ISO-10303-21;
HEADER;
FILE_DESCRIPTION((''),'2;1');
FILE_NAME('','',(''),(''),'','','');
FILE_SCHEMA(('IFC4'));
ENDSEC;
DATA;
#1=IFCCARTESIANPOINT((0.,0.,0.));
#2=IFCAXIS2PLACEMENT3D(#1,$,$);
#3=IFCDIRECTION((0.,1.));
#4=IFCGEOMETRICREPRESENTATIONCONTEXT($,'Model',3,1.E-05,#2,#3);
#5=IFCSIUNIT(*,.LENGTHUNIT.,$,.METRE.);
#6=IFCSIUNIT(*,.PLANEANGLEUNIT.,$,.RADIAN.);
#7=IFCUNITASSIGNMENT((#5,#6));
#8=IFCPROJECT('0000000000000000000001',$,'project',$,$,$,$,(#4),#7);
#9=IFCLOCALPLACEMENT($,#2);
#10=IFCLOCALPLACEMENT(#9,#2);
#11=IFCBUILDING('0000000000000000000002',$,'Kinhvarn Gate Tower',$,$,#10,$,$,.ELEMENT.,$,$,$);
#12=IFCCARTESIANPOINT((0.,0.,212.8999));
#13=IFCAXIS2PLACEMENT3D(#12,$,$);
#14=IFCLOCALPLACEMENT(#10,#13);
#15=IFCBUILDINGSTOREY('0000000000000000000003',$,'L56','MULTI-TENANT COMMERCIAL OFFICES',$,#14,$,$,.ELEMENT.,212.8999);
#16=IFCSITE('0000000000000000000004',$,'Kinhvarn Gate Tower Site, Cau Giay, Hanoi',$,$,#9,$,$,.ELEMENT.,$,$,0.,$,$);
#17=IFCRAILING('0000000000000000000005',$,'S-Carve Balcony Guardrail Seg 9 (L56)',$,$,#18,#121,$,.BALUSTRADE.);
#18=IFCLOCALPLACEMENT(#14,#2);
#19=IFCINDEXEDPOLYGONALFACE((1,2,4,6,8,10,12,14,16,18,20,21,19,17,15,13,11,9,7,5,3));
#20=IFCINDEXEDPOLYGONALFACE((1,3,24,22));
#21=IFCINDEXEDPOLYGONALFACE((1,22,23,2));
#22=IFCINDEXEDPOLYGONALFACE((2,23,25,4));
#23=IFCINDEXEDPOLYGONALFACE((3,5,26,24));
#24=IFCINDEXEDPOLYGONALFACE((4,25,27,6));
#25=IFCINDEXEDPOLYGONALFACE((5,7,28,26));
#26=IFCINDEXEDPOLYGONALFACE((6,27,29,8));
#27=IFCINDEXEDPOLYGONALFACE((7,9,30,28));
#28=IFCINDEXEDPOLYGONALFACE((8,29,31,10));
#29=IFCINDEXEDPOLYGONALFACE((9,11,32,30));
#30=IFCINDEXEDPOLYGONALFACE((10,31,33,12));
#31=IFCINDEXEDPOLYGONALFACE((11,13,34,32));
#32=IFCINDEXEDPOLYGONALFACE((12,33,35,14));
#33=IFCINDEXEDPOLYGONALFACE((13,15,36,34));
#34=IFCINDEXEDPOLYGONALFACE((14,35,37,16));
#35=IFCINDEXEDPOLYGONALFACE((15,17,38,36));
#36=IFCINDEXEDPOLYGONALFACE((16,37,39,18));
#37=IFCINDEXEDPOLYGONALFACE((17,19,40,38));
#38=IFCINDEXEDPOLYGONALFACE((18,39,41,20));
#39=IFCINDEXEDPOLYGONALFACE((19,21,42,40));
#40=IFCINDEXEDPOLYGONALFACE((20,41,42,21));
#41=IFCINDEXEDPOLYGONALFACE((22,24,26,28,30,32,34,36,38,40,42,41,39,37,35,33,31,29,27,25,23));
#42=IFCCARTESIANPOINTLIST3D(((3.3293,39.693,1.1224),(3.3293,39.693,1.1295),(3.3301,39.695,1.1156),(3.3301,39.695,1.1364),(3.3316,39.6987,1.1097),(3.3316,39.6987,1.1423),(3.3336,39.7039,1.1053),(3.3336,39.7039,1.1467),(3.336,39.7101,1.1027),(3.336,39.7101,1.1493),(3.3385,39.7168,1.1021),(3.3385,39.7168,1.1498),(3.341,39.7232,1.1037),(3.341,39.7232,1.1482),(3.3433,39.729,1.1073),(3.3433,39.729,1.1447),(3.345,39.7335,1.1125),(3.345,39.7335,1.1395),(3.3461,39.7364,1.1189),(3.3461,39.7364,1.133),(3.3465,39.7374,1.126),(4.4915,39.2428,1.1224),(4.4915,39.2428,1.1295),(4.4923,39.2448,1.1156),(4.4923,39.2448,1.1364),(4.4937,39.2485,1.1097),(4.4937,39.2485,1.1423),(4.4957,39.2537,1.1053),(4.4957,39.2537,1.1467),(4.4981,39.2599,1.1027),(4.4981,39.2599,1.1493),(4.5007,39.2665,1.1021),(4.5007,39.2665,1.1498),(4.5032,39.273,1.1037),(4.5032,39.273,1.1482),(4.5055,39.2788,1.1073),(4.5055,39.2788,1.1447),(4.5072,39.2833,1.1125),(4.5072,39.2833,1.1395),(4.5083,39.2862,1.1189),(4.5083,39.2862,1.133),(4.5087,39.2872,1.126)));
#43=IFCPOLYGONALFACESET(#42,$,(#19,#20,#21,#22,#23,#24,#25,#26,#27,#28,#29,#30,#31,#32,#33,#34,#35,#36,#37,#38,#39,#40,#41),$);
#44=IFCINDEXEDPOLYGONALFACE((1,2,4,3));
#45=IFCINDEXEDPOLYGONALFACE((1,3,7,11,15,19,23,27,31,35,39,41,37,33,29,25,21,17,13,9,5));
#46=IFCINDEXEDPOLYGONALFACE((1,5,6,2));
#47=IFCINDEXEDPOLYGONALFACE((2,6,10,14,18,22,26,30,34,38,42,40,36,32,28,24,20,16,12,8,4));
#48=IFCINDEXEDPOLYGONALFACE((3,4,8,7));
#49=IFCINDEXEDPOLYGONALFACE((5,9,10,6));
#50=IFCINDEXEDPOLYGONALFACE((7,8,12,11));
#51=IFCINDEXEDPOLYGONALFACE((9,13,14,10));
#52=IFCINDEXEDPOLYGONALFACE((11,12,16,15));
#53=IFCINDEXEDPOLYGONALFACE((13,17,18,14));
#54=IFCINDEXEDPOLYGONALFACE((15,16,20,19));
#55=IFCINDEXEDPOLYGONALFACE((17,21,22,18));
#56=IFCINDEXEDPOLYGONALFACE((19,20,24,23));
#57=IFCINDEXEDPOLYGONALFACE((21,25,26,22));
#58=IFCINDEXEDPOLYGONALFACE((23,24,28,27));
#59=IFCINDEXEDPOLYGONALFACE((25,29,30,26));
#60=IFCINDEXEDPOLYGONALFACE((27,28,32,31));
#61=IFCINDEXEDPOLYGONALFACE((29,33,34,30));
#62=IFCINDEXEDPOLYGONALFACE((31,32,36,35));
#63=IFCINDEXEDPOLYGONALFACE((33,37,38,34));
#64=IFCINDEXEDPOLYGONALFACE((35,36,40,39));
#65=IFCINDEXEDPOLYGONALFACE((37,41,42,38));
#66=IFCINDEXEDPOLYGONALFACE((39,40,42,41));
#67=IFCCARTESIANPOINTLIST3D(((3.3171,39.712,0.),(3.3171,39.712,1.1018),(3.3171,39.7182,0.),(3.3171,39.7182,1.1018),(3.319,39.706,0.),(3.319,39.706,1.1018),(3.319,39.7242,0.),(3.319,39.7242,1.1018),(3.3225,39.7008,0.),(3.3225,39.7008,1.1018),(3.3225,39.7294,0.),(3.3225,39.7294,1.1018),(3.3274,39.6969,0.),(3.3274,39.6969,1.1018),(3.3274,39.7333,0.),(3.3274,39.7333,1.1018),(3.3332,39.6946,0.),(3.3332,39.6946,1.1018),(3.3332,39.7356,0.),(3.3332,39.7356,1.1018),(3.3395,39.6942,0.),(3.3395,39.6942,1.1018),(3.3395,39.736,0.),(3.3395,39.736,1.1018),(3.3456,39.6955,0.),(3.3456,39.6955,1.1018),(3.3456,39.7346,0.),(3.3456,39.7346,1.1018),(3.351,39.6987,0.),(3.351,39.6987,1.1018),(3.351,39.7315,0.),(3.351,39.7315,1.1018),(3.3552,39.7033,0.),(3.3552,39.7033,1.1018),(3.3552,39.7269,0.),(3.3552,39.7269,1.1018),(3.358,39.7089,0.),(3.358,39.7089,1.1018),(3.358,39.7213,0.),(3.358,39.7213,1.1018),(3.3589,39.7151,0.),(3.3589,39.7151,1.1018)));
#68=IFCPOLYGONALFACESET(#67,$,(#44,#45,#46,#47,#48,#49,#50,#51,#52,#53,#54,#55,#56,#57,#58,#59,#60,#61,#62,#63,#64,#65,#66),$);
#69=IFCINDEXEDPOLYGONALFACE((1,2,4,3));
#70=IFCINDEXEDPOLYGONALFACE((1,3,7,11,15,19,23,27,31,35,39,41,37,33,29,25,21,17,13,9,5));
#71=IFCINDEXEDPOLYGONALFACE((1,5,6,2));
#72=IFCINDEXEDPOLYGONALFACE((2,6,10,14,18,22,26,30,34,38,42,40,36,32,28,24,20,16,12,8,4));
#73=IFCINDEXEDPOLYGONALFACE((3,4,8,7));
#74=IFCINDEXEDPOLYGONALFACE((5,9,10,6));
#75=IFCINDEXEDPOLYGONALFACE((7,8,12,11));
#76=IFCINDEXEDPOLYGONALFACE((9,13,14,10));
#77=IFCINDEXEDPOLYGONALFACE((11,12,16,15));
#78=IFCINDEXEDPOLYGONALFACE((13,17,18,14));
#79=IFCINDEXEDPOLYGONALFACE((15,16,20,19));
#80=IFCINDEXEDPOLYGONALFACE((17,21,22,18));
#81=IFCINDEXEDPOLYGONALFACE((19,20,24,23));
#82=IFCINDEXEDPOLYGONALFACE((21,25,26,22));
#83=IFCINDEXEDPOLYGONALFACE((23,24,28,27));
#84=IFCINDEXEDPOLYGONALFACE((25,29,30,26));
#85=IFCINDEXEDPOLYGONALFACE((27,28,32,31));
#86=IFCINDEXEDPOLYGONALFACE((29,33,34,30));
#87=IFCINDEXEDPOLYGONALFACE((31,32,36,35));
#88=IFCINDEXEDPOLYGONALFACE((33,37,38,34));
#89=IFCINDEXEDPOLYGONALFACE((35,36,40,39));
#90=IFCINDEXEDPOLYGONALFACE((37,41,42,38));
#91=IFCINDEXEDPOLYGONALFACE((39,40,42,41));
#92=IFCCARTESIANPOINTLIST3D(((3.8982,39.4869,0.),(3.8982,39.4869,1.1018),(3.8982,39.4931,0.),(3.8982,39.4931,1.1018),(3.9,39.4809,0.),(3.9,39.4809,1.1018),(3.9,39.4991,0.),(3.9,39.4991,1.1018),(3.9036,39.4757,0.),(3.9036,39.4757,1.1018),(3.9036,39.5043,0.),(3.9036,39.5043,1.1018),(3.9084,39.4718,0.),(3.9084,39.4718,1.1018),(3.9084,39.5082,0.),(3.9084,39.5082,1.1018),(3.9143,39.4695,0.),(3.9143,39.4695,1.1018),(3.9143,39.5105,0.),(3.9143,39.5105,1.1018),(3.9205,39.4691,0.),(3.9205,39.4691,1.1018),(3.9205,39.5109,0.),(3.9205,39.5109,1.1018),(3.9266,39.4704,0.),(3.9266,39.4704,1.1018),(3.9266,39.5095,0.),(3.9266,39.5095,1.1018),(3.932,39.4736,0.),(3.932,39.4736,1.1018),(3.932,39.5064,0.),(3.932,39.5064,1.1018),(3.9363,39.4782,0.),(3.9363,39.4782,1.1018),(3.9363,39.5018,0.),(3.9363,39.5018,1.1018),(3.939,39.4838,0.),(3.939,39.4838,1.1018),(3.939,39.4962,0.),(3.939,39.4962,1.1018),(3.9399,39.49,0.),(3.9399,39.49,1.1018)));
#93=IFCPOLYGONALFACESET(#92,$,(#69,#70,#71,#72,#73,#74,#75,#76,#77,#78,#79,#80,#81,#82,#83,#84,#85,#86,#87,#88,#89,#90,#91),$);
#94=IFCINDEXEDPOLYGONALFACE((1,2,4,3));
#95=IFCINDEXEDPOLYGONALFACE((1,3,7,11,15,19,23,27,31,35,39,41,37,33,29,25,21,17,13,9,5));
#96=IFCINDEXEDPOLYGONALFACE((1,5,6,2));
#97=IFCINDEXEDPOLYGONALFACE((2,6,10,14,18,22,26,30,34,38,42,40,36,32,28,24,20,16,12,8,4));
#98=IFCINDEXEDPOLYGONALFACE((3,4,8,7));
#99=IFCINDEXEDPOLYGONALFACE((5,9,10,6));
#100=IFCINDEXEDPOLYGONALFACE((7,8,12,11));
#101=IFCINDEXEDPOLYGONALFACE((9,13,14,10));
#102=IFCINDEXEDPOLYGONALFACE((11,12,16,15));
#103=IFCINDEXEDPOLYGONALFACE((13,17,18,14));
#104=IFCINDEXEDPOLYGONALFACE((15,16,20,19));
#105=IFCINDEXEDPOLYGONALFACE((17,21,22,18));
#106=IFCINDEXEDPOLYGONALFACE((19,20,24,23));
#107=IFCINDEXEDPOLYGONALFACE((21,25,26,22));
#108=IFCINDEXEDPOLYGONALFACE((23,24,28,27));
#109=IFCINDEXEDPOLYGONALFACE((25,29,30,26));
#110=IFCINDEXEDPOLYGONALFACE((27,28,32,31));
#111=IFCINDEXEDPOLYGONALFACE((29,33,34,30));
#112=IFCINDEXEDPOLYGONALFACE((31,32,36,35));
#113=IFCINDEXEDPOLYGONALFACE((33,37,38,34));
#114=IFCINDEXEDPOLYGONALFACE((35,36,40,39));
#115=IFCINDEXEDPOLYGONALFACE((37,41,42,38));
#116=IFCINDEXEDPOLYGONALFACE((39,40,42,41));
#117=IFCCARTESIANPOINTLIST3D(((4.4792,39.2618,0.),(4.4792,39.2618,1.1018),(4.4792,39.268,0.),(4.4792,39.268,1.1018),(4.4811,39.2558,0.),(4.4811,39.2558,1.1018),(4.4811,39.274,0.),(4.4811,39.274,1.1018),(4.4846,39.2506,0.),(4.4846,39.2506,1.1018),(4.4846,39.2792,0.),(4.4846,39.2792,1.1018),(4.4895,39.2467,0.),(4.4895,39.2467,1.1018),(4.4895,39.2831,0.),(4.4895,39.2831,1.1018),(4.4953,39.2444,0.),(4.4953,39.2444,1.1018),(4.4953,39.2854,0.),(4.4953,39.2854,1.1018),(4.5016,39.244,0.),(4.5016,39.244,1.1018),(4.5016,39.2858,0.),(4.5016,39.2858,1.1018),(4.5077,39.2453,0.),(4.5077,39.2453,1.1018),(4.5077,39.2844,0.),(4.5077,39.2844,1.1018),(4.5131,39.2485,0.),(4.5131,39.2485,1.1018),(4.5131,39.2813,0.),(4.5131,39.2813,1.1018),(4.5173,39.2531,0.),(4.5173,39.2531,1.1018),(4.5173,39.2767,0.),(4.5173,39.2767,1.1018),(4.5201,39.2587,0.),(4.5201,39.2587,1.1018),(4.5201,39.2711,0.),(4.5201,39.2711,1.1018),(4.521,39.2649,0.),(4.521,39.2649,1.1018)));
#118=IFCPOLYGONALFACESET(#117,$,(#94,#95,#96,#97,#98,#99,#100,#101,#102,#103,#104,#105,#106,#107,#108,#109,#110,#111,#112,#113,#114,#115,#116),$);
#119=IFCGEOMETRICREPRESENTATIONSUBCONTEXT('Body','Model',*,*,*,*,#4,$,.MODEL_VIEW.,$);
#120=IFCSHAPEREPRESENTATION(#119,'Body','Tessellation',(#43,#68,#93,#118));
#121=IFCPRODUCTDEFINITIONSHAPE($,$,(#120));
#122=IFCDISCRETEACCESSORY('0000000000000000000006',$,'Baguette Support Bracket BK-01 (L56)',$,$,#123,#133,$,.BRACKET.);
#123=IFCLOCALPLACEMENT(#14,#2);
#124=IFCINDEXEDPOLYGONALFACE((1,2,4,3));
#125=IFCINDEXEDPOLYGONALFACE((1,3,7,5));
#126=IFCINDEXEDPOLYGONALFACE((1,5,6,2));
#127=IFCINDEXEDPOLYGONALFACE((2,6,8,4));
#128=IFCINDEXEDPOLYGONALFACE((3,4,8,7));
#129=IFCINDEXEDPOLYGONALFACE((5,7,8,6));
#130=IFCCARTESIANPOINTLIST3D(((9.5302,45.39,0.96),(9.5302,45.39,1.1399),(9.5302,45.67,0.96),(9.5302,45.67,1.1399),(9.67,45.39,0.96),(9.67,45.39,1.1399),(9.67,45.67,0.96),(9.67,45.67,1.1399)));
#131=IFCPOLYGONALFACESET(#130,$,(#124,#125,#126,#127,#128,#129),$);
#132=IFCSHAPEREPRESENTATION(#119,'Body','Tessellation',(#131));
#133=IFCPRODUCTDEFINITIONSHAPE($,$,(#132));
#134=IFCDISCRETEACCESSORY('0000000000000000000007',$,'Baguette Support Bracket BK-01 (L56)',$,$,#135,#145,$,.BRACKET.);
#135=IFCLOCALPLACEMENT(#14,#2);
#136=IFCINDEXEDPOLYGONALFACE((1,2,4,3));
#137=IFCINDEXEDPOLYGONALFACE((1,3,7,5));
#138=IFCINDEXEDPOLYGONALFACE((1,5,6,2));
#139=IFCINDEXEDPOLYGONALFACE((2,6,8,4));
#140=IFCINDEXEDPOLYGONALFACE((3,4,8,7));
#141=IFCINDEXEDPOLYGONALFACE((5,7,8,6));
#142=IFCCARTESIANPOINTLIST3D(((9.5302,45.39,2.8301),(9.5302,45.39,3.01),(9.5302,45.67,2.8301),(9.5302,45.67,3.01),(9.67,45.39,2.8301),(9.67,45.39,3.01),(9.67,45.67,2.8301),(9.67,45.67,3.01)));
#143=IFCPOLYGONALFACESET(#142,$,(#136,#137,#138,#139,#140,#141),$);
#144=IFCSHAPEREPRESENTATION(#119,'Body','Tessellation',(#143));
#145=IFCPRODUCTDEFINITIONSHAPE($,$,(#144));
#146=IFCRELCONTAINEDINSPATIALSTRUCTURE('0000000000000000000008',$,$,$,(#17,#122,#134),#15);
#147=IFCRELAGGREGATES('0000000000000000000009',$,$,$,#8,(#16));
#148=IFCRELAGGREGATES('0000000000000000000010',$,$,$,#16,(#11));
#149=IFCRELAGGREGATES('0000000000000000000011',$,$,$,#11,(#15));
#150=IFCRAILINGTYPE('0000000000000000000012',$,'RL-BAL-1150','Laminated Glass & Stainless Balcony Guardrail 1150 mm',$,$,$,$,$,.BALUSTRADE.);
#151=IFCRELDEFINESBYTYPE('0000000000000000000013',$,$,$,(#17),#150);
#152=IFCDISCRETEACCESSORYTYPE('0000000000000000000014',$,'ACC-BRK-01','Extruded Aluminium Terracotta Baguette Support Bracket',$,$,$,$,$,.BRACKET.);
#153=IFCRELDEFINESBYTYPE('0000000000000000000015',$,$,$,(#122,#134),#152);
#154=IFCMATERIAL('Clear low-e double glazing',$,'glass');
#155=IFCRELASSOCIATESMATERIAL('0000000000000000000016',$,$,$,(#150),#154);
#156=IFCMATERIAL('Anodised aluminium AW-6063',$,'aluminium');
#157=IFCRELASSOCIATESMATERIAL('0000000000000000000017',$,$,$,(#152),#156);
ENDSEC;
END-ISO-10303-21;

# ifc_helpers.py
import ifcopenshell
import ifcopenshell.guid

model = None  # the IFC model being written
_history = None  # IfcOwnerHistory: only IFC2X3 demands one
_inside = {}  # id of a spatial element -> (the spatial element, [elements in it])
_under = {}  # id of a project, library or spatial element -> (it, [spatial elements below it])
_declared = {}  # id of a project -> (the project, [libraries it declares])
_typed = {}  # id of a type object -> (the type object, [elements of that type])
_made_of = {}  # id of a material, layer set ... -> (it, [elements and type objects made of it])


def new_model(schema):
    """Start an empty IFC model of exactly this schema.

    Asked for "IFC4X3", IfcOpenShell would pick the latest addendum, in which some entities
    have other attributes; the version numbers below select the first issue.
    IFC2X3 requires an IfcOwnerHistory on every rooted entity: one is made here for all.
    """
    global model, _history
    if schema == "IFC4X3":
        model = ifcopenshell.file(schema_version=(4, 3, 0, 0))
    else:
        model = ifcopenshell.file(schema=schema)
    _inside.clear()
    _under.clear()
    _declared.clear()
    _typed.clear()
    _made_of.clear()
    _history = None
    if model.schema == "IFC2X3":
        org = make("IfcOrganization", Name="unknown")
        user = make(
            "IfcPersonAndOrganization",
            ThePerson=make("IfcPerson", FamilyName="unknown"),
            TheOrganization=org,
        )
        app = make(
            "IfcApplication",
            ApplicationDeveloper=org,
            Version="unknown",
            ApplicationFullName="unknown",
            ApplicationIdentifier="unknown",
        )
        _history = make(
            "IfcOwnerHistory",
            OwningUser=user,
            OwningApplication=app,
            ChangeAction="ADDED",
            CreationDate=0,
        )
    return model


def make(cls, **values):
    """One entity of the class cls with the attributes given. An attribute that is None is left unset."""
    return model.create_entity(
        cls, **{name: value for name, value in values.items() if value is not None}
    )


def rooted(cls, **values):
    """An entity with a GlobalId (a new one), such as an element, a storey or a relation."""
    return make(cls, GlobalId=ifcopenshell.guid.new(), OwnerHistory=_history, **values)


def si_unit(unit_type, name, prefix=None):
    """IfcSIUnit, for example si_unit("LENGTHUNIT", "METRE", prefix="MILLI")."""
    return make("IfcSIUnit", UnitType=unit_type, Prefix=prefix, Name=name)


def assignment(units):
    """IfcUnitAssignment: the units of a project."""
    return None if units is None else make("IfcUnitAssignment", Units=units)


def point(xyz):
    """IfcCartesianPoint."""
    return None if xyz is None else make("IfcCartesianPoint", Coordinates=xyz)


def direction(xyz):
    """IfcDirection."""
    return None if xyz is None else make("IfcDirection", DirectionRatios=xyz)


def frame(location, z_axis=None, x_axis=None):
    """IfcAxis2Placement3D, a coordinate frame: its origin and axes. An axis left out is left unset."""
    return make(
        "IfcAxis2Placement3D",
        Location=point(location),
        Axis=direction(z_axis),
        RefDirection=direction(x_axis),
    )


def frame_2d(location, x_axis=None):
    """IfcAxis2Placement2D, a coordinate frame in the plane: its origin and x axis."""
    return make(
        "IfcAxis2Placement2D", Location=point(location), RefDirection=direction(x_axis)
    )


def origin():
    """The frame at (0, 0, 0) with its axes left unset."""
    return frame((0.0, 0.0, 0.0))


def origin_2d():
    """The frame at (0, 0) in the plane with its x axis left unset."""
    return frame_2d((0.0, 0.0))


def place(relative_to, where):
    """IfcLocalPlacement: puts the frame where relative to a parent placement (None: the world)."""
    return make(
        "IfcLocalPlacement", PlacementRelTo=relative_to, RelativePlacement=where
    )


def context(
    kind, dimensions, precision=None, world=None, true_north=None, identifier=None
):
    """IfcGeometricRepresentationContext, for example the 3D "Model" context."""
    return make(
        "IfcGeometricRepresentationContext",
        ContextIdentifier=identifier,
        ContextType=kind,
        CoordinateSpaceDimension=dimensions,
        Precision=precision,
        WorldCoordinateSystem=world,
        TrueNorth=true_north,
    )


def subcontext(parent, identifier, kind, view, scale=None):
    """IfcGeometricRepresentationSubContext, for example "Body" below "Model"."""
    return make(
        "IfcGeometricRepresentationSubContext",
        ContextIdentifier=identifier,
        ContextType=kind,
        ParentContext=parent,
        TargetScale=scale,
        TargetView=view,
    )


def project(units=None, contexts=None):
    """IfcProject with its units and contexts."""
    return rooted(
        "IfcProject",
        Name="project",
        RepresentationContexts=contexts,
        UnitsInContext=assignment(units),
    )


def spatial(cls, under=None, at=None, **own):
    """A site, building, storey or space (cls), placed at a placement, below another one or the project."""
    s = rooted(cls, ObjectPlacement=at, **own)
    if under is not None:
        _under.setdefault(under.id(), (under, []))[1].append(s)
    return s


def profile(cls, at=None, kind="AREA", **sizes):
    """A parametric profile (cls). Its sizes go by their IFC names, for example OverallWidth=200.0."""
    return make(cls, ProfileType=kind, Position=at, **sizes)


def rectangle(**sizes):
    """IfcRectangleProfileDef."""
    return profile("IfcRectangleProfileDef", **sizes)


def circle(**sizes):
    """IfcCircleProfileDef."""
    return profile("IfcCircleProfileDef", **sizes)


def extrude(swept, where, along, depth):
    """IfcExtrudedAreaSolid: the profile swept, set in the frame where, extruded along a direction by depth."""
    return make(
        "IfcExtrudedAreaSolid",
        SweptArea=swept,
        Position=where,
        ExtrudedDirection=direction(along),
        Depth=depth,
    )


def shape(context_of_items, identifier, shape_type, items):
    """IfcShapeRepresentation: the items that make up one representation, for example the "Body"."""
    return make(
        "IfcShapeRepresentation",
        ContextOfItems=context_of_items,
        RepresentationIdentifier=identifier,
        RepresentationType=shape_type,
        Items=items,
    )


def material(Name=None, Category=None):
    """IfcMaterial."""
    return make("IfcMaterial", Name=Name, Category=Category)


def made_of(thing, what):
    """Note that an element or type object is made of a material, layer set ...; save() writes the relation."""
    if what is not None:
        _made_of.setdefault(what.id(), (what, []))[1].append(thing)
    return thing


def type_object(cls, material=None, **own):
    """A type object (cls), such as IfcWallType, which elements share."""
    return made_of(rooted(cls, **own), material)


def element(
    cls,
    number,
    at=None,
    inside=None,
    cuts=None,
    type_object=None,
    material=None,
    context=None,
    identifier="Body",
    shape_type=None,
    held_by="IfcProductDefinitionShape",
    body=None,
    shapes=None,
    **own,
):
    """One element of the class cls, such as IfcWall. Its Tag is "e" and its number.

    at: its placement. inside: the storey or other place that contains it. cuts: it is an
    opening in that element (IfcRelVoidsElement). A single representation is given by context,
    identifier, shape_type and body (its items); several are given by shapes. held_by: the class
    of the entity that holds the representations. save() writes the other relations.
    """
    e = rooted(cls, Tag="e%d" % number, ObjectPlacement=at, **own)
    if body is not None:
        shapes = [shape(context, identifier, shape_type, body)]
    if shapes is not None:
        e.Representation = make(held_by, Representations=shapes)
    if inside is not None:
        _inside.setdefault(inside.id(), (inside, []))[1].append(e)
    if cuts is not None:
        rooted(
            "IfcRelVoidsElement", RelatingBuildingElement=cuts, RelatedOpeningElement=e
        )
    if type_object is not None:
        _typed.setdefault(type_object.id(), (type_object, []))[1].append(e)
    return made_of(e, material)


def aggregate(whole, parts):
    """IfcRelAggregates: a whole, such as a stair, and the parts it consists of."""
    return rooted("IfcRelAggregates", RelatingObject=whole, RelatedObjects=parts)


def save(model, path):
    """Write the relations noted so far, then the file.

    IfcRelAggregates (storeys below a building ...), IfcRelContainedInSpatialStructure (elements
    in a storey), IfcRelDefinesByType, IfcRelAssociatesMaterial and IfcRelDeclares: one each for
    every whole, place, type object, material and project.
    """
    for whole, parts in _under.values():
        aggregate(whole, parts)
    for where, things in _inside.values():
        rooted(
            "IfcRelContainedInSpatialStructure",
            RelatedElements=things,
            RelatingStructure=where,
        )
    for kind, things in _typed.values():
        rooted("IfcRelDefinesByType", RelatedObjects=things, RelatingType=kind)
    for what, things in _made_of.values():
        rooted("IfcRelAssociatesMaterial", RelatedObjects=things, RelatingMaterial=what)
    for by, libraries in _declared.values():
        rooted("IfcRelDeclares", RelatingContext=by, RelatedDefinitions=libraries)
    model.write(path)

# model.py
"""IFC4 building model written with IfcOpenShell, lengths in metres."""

from ifc_helpers import new_model, si_unit, direction, frame, origin, origin_2d, place, context, subcontext, project, spatial, rectangle, circle, extrude, material, type_object, element, save


model = new_model("IFC4")

# Units and contexts
model_context = context("Model", 3, precision=1e-05, world=origin(), true_north=direction((0.0, 1.0)))
body_context = subcontext(model_context, "Body", "Model", "MODEL_VIEW")
ifc_project = project(units=[si_unit("LENGTHUNIT", "METRE"), si_unit("PLANEANGLEUNIT", "RADIAN")], contexts=[model_context])

# Site, building, storey
site_placement = place(None, origin())
site = spatial("IfcSite", under=ifc_project, at=site_placement, Name="Kinhvarn Gate Tower Site, Cau Giay, Hanoi", CompositionType="ELEMENT", RefElevation=0.0)
building_placement = place(site_placement, origin())
building = spatial("IfcBuilding", under=site, at=building_placement, Name="Kinhvarn Gate Tower", CompositionType="ELEMENT")
storey_placement = place(building_placement, frame((0.0, 0.0, 212.8999)))
storey = spatial("IfcBuildingStorey", under=building, at=storey_placement, Name="L56", Description="MULTI-TENANT COMMERCIAL OFFICES", CompositionType="ELEMENT", Elevation=212.8999)

# Shared definitions
ifc_material_1 = material(Name="Anodised aluminium AW-6063", Category="aluminium")

# Shared definitions
ifc_material_2 = material(Name="Clear low-e double glazing", Category="glass")

# Railing
railing_type = type_object("IfcRailingType", Name="RL-BAL-1150", Description="Laminated Glass & Stainless Balcony Guardrail 1150 mm", PredefinedType="BALUSTRADE", material=ifc_material_2)
railing_1_placement = place(storey_placement, frame((3.3379, 39.7151, 0.0)))
element("IfcRailing", 1, at=railing_1_placement, inside=storey, type_object=railing_type, Name="S-Carve Balcony Guardrail Seg 9 (L56)", PredefinedType="BALUSTRADE", context=body_context, shape_type="SweptSolid", body=[
    extrude(circle(Radius=0.0239, at=origin_2d()), frame((0.0, 0.0, 1.126), z_axis=(0.932474, -0.361236, 0.0), x_axis=(0.361236, 0.932474, 0.0)), (0.0, 0.0, 1.0), 1.2463),
    extrude(circle(Radius=0.021, at=origin_2d()), origin(), (0.0, 0.0, 1.0), 1.1018),
    extrude(circle(Radius=0.021, at=origin_2d()), frame((0.5811, -0.2251, 0.0)), (0.0, 0.0, 1.0), 1.1018),
    extrude(circle(Radius=0.021, at=origin_2d()), frame((1.1621, -0.4502, 0.0)), (0.0, 0.0, 1.0), 1.1018),
])

# Discrete accessories
discrete_accessory_type = type_object("IfcDiscreteAccessoryType", Name="ACC-BRK-01", Description="Extruded Aluminium Terracotta Baguette Support Bracket", PredefinedType="BRACKET", material=ifc_material_1)
for number, where, z_axis, x_axis, name in (
    (2, (9.6001, 45.53, 0.96), (0.0, 0.0, 1.0), (-1.0, 0.0, 0.0), "Baguette Support Bracket BK-01 (L56)"),
    (3, (9.6001, 45.53, 2.8301), (0.0, 0.0, 1.0), (-1.0, 0.0, 0.0), "Baguette Support Bracket BK-01 (L56)"),
):
    element("IfcDiscreteAccessory", number, at=place(storey_placement, frame(where, z_axis=z_axis, x_axis=x_axis)), inside=storey, type_object=discrete_accessory_type, Name=name, PredefinedType="BRACKET", context=body_context, shape_type="SweptSolid", body=[
        extrude(rectangle(XDim=0.1399, YDim=0.28, at=origin_2d()), origin(), (0.0, 0.0, 1.0), 0.1799),
    ])

save(model, "model.ifc")
